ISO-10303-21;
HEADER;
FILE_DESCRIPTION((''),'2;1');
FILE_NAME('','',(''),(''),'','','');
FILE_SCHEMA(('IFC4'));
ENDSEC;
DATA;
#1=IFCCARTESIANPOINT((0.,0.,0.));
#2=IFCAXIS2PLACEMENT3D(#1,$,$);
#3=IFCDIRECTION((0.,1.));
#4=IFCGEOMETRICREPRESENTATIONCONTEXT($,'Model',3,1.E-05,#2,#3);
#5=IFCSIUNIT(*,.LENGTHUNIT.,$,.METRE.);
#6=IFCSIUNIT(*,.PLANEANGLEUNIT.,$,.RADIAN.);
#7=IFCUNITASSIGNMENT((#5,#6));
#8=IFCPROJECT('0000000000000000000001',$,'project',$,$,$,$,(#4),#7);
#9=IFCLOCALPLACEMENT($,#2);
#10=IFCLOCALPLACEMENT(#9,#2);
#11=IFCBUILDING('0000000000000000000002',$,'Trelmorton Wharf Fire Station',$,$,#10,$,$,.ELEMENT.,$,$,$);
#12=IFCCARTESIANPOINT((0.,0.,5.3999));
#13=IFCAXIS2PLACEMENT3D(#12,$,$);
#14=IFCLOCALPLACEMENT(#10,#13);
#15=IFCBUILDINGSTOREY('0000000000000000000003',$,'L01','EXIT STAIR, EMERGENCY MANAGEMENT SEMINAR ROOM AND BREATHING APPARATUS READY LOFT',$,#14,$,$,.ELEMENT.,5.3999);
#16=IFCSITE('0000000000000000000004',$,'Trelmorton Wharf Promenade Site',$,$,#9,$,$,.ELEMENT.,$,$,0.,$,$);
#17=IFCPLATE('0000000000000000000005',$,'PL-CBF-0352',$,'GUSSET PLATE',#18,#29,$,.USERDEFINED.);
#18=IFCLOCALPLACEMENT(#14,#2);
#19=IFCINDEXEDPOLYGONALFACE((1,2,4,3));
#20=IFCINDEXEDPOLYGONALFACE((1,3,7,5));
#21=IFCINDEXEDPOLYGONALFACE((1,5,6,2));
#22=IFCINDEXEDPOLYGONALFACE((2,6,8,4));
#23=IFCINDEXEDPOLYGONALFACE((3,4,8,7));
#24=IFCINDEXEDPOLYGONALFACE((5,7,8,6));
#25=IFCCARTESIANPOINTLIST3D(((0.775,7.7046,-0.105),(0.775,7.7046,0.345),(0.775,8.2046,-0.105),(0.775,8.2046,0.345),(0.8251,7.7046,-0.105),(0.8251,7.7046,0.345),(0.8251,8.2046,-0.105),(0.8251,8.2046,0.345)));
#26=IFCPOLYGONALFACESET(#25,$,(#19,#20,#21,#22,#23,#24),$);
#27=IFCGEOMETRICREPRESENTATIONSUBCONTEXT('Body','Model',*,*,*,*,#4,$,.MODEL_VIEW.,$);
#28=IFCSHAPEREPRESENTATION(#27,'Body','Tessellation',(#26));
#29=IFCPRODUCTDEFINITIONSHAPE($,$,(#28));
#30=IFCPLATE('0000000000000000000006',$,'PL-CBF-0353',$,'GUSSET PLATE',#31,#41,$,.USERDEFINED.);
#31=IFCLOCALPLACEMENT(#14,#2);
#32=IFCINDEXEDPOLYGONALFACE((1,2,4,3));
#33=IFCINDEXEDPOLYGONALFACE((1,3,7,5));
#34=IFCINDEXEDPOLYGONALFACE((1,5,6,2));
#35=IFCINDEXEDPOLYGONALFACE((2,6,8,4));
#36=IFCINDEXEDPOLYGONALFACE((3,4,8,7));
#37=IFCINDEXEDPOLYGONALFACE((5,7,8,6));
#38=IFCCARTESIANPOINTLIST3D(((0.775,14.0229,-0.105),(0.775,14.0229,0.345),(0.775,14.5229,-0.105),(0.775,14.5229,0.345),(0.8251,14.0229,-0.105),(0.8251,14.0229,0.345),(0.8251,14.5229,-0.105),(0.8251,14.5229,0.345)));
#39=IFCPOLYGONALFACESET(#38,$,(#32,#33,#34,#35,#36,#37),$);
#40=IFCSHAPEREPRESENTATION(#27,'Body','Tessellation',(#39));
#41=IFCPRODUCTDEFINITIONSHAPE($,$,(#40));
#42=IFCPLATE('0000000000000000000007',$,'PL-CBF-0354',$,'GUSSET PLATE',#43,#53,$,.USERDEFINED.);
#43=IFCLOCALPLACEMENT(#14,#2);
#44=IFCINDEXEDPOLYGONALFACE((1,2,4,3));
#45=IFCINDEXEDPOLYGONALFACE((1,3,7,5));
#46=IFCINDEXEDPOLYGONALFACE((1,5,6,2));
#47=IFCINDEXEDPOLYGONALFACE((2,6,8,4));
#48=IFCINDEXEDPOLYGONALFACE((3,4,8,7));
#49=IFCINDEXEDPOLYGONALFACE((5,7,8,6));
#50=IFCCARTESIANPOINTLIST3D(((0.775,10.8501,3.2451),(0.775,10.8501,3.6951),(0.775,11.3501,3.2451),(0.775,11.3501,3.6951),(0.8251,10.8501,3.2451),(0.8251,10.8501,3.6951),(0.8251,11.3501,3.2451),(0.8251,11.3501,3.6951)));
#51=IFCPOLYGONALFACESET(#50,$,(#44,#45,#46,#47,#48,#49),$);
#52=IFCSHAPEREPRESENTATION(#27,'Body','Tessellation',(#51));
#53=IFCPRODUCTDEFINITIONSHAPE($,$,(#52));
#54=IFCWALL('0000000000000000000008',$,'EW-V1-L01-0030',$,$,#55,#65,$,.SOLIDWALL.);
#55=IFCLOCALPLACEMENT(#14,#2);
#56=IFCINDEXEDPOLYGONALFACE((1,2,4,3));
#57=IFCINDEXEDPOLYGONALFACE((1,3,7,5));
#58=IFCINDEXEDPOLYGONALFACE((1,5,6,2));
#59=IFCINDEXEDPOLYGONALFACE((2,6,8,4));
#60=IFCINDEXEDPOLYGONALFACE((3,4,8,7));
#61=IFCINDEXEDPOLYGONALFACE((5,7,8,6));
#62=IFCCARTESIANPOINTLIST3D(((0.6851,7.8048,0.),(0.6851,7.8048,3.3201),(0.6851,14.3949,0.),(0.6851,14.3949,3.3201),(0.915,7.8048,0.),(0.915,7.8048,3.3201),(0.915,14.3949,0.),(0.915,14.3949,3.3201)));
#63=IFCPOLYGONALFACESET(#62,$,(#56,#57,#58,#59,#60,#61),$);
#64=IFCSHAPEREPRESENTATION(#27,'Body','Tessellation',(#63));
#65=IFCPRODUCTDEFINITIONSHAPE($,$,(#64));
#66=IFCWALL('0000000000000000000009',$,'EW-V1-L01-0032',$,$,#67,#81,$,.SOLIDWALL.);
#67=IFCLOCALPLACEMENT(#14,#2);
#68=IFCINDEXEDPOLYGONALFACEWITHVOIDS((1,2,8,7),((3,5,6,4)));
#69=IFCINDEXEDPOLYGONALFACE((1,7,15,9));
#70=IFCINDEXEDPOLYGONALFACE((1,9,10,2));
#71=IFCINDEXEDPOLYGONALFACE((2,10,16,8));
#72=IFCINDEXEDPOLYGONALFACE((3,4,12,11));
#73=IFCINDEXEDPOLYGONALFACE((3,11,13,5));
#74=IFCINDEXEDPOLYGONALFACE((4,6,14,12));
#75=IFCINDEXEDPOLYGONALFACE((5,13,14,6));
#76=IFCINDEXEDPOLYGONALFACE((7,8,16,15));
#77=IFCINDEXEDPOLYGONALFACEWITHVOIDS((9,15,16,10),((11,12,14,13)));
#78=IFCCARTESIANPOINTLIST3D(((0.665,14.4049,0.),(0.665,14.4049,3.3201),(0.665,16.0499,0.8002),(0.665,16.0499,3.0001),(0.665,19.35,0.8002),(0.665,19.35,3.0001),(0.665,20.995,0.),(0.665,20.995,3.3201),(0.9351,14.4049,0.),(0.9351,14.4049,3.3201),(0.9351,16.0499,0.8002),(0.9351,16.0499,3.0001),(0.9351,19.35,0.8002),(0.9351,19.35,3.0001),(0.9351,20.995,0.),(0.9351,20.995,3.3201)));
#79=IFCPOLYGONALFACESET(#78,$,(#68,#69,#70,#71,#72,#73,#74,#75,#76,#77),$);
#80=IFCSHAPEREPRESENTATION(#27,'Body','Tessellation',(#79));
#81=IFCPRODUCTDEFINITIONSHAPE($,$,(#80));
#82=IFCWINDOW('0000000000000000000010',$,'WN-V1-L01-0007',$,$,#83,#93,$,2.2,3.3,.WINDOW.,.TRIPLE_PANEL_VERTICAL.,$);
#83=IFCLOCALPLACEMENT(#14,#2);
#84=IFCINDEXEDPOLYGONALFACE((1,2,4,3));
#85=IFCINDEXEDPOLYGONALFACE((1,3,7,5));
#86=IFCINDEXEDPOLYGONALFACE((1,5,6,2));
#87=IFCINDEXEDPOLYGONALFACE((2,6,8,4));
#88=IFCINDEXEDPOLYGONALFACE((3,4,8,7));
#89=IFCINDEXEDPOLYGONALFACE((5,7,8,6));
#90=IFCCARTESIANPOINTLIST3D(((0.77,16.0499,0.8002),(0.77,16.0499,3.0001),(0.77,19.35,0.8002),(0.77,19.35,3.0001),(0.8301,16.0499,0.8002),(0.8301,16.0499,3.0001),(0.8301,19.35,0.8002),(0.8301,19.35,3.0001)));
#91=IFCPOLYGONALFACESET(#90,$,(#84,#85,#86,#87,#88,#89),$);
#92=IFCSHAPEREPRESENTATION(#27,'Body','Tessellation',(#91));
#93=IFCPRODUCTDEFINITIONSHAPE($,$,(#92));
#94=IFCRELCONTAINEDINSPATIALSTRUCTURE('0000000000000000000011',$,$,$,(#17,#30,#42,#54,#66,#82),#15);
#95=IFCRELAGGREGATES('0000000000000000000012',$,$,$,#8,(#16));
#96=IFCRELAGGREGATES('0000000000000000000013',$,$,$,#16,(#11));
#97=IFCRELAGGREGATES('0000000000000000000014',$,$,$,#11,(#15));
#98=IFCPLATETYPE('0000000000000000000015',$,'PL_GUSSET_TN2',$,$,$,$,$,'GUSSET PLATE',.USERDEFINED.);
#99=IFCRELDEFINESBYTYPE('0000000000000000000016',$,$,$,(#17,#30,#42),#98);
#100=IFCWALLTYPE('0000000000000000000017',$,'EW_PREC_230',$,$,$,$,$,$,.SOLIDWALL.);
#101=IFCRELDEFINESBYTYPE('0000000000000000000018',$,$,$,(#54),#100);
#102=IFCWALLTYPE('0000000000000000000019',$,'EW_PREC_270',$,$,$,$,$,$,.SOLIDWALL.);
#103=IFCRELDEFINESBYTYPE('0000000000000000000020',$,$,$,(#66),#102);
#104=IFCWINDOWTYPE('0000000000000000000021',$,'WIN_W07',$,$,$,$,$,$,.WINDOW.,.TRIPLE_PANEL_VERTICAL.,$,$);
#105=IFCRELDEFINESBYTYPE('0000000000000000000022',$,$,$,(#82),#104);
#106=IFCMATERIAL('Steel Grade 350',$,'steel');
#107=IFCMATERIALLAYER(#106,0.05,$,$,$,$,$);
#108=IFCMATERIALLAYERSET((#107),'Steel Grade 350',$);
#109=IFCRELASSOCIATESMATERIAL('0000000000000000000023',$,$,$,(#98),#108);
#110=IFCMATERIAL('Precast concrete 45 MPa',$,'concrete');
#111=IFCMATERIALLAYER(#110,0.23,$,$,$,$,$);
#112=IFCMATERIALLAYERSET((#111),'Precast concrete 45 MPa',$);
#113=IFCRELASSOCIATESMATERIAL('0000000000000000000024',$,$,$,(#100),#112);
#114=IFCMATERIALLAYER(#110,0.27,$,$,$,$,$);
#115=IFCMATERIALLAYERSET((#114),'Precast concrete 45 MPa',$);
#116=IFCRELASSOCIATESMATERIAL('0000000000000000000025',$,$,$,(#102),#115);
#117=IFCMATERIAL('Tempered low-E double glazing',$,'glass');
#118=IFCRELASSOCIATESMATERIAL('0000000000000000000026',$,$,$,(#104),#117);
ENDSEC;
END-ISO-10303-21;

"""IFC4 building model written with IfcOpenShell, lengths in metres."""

from ifc_helpers import new_model, si_unit, direction, frame, frame_2d, origin, origin_2d, place, context, subcontext, project, spatial, rectangle, extrude, material, layer, layer_set, type_object, element, fill, save


model = new_model("IFC4")

# Units and contexts
model_context = context("Model", 3, precision=1e-05, world=origin(), true_north=direction((0.0, 1.0)))
body_context = subcontext(model_context, "Body", "Model", "MODEL_VIEW")
ifc_project = project(units=[si_unit("LENGTHUNIT", "METRE"), si_unit("PLANEANGLEUNIT", "RADIAN")], contexts=[model_context])

# Site, building, storey
site_placement = place(None, origin())
site = spatial("IfcSite", under=ifc_project, at=site_placement, Name="Trelmorton Wharf Promenade Site", CompositionType="ELEMENT", RefElevation=0.0)
building_placement = place(site_placement, origin())
building = spatial("IfcBuilding", under=site, at=building_placement, Name="Trelmorton Wharf Fire Station", CompositionType="ELEMENT")
storey_placement = place(building_placement, frame((0.0, 0.0, 5.3999)))
storey = spatial("IfcBuildingStorey", under=building, at=storey_placement, Name="L01", Description="EXIT STAIR, EMERGENCY MANAGEMENT SEMINAR ROOM AND BREATHING APPARATUS READY LOFT", CompositionType="ELEMENT", Elevation=5.3999)

# Shared definitions
ifc_material_1 = material(Name="Steel Grade 350", Category="steel")

# Plates
ifc_layer_1 = layer(ifc_material_1, 0.05)
ifc_layer_set_1 = layer_set([ifc_layer_1], Name="Steel Grade 350")
plate_type = type_object("IfcPlateType", Name="PL_GUSSET_TN2", ElementType="GUSSET PLATE", PredefinedType="USERDEFINED", material=ifc_layer_set_1)
for number, where, z_axis, x_axis, name in (
    (1, (0.8, 7.9546, -0.105), (0.0, 0.0, 1.0), (1.0, 0.0, 0.0), "PL-CBF-0352"),
    (2, (0.8, 14.2729, -0.105), (0.0, 0.0, 1.0), (1.0, 0.0, 0.0), "PL-CBF-0353"),
    (3, (0.8, 11.1001, 3.2451), (0.0, 0.0, 1.0), (1.0, 0.0, 0.0), "PL-CBF-0354"),
):
    element("IfcPlate", number, at=place(storey_placement, frame(where, z_axis=z_axis, x_axis=x_axis)), inside=storey, type_object=plate_type, Name=name, ObjectType="GUSSET PLATE", PredefinedType="USERDEFINED", context=body_context, shape_type="SweptSolid", body=[
        extrude(rectangle(XDim=0.05, YDim=0.5, at=origin_2d()), origin(), (0.0, 0.0, 1.0), 0.45),
    ])

# Wall
ifc_material_2 = material(Name="Precast concrete 45 MPa", Category="concrete")
ifc_layer_2 = layer(ifc_material_2, 0.23)
ifc_layer_set_2 = layer_set([ifc_layer_2], Name="Precast concrete 45 MPa")
wall_type_1 = type_object("IfcWallType", Name="EW_PREC_230", PredefinedType="SOLIDWALL", material=ifc_layer_set_2)
wall_1_placement = place(storey_placement, frame((0.8, 7.8049, 0.0), z_axis=(0.0, 0.0, 1.0), x_axis=(0.0, 1.0, 0.0)))
element("IfcWall", 4, at=wall_1_placement, inside=storey, type_object=wall_type_1, Name="EW-V1-L01-0030", PredefinedType="SOLIDWALL", context=body_context, shape_type="SweptSolid", body=[
    extrude(rectangle(XDim=6.5901, YDim=0.23, at=frame_2d((3.2949, 0.0))), origin(), (0.0, 0.0, 1.0), 3.3201),
])

# Wall, opening, window
ifc_layer_3 = layer(ifc_material_2, 0.27)
ifc_layer_set_3 = layer_set([ifc_layer_3], Name="Precast concrete 45 MPa")
wall_type_2 = type_object("IfcWallType", Name="EW_PREC_270", PredefinedType="SOLIDWALL", material=ifc_layer_set_3)
wall_2_placement = place(storey_placement, frame((0.8, 14.405, 0.0), z_axis=(0.0, 0.0, 1.0), x_axis=(0.0, 1.0, 0.0)))
wall_2 = element("IfcWall", 5, at=wall_2_placement, inside=storey, type_object=wall_type_2, Name="EW-V1-L01-0032", PredefinedType="SOLIDWALL", context=body_context, shape_type="SweptSolid", body=[
    extrude(rectangle(XDim=6.5901, YDim=0.27, at=frame_2d((3.2949, 0.0))), origin(), (0.0, 0.0, 1.0), 3.3201),
])
opening_placement = place(wall_2_placement, frame((1.645, 0.0, 0.8)))
opening = element("IfcOpeningElement", 6, at=opening_placement, cuts=wall_2, PredefinedType="OPENING", context=body_context, shape_type="SweptSolid", body=[
    extrude(rectangle(XDim=3.3, YDim=2.2, at=frame_2d((1.6499, 1.1001))), frame((0.0, 0.145, 0.0), z_axis=(0.0, -1.0, 0.0), x_axis=(1.0, 0.0, 0.0)), (0.0, 0.0, 1.0), 0.29),
])
ifc_material_3 = material(Name="Tempered low-E double glazing", Category="glass")
window_type = type_object("IfcWindowType", Name="WIN_W07", PartitioningType="TRIPLE_PANEL_VERTICAL", PredefinedType="WINDOW", material=ifc_material_3)
window_placement = place(opening_placement, origin())
window = element("IfcWindow", 7, at=window_placement, inside=storey, type_object=window_type, Name="WN-V1-L01-0007", OverallHeight=2.2, OverallWidth=3.3, PartitioningType="TRIPLE_PANEL_VERTICAL", PredefinedType="WINDOW", context=body_context, shape_type="SweptSolid", body=[
    extrude(rectangle(XDim=3.3, YDim=2.2, at=frame_2d((1.6499, 1.1001))), frame((0.0, 0.03, 0.0), z_axis=(0.0, -1.0, 0.0), x_axis=(1.0, 0.0, 0.0)), (0.0, 0.0, 1.0), 0.0601),
])
fill(opening, window)

save(model, "model.ifc")
